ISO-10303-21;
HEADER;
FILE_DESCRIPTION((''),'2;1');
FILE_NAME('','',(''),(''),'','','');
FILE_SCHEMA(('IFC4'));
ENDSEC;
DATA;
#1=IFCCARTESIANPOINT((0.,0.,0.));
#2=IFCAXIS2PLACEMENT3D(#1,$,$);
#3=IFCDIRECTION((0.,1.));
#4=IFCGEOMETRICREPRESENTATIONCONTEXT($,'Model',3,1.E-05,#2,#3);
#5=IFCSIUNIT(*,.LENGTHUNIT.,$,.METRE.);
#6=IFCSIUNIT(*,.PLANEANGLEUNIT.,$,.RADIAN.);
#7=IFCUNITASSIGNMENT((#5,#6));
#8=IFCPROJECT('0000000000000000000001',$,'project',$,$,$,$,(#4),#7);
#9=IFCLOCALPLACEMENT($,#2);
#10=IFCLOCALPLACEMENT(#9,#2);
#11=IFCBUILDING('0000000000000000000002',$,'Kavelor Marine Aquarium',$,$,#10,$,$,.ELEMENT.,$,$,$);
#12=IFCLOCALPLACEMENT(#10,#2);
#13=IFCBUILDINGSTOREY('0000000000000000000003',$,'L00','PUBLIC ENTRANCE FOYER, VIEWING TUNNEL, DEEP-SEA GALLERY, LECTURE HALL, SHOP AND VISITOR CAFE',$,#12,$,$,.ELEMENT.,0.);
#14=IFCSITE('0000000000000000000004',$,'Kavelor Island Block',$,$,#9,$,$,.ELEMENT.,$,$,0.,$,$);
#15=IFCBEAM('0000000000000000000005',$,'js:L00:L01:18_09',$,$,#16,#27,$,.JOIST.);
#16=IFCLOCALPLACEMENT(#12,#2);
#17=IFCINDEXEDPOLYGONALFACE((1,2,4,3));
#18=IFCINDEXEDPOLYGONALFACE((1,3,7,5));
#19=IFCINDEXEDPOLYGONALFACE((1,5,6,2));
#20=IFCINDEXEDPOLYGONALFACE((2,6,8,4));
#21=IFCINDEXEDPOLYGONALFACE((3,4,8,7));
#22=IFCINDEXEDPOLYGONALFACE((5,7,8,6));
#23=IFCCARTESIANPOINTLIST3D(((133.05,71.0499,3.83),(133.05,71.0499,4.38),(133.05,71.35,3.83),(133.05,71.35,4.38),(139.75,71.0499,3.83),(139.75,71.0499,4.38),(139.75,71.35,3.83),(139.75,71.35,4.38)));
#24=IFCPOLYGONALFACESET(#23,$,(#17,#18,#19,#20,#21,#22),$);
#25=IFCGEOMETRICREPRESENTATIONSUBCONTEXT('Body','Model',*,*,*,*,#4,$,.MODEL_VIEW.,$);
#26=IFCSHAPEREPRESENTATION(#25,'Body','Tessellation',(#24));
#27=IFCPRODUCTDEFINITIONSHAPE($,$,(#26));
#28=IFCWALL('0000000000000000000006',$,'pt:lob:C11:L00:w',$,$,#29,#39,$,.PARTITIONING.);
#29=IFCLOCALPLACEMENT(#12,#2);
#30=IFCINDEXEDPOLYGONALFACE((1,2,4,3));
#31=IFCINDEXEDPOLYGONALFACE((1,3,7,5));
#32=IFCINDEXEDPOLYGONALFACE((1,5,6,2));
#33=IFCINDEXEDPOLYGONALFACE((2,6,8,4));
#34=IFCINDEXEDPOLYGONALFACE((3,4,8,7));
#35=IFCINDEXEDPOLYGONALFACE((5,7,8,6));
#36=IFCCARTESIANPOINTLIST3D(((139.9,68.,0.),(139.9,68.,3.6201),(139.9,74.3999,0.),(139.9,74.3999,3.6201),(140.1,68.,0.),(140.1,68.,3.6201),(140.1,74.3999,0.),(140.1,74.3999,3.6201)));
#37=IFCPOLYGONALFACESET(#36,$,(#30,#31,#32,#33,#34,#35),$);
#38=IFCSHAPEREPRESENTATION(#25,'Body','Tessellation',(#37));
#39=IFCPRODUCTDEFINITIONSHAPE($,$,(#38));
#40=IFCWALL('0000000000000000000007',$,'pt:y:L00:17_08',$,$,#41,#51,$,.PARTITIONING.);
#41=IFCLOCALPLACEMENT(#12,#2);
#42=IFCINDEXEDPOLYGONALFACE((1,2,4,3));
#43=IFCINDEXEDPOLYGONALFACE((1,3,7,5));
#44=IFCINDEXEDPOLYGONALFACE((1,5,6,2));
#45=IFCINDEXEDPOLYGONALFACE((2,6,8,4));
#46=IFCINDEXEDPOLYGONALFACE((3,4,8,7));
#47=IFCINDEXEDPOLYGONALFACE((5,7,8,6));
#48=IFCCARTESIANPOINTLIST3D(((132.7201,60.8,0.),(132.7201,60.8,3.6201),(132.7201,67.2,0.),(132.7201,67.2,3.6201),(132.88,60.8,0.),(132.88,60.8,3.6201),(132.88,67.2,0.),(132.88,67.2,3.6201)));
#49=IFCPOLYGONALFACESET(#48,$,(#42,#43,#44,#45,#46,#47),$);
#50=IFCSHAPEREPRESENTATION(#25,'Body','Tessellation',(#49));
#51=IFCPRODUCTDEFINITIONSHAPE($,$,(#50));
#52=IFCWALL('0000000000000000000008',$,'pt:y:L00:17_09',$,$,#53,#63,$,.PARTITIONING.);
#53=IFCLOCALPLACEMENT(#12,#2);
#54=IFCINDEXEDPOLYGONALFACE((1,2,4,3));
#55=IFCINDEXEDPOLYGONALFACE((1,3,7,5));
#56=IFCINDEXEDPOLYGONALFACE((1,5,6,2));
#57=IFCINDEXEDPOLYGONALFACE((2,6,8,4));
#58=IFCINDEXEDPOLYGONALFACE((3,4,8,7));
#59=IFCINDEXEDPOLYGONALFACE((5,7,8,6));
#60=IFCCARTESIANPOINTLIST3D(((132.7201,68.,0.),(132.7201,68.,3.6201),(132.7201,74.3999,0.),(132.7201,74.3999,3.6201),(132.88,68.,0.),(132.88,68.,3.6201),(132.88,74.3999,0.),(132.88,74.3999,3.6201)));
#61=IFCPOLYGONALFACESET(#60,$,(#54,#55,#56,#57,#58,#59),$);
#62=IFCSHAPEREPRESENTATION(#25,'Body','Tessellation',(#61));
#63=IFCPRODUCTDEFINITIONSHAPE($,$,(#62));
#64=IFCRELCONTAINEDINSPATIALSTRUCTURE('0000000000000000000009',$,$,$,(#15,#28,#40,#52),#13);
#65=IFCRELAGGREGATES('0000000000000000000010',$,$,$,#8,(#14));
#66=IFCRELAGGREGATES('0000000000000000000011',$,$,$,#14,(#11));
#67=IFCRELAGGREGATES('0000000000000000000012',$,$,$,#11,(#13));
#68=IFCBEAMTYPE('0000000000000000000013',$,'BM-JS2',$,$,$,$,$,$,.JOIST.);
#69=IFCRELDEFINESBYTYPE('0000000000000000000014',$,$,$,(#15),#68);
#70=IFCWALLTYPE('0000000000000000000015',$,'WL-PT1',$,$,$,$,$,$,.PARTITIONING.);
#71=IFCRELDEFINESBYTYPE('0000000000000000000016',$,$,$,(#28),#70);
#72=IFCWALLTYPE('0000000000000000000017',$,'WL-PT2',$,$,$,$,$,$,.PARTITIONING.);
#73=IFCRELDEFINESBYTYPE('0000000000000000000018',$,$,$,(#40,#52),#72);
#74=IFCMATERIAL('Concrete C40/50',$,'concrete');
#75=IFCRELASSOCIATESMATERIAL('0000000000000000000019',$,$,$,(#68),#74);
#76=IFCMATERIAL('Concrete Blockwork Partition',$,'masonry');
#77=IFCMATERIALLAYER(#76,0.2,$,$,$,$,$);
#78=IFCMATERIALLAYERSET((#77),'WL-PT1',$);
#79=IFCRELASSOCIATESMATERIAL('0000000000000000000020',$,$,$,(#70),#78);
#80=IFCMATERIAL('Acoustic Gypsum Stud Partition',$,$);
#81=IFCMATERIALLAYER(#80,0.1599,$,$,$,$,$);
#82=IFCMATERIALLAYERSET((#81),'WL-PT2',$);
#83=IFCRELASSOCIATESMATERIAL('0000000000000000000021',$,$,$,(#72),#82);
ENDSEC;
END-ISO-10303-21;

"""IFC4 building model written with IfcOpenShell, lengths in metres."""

from ifc_helpers import new_model, si_unit, direction, frame, frame_2d, origin, origin_2d, place, context, subcontext, project, spatial, rectangle, extrude, material, layer, layer_set, material_profile, profile_set, type_object, element, save


model = new_model("IFC4")

# Units and contexts
model_context = context("Model", 3, precision=1e-05, world=origin(), true_north=direction((0.0, 1.0)))
body_context = subcontext(model_context, "Body", "Model", "MODEL_VIEW")
ifc_project = project(units=[si_unit("LENGTHUNIT", "METRE"), si_unit("PLANEANGLEUNIT", "RADIAN")], contexts=[model_context])

# Site, building, storey
site_placement = place(None, origin())
site = spatial("IfcSite", under=ifc_project, at=site_placement, Name="Kavelor Island Block", CompositionType="ELEMENT", RefElevation=0.0)
building_placement = place(site_placement, origin())
building = spatial("IfcBuilding", under=site, at=building_placement, Name="Kavelor Marine Aquarium", CompositionType="ELEMENT")
storey_placement = place(building_placement, origin())
storey = spatial("IfcBuildingStorey", under=building, at=storey_placement, Name="L00", Description="PUBLIC ENTRANCE FOYER, VIEWING TUNNEL, DEEP-SEA GALLERY, LECTURE HALL, SHOP AND VISITOR CAFE", CompositionType="ELEMENT", Elevation=0.0)

# Beam
ifc_material_1 = material(Name="Concrete C40/50", Category="concrete")
ifc_material_profile_1 = material_profile(ifc_material_1, rectangle(XDim=0.3, YDim=0.55, at=origin_2d()), Name="RC-JS 300x550")
ifc_profile_set_1 = profile_set([ifc_material_profile_1], Name="Concrete C40/50")
beam_type_1 = type_object("IfcBeamType", Name="BM-JS2", PredefinedType="JOIST", material=ifc_profile_set_1)
beam_1_placement = place(storey_placement, frame((133.05, 71.2, 4.105), z_axis=(1.0, 0.0, 0.0), x_axis=(0.0, 1.0, 0.0)))
element("IfcBeam", 1, at=beam_1_placement, inside=storey, type_object=beam_type_1, Name="js:L00:L01:18_09", PredefinedType="JOIST", context=body_context, shape_type="SweptSolid", body=[
    extrude(rectangle(XDim=0.3, YDim=0.55, at=origin_2d()), origin(), (0.0, 0.0, 1.0), 6.7),
])

# Walls
ifc_material_2 = material(Name="Concrete Blockwork Partition", Category="masonry")
ifc_layer_1 = layer(ifc_material_2, 0.2)
ifc_layer_set_1 = layer_set([ifc_layer_1], Name="WL-PT1")
wall_type_1 = type_object("IfcWallType", Name="WL-PT1", PredefinedType="PARTITIONING", material=ifc_layer_set_1)
wall_placement = place(storey_placement, frame((140.0, 68.0, 0.0), z_axis=(0.0, 0.0, 1.0), x_axis=(0.0, 1.0, 0.0)))
element("IfcWall", 2, at=wall_placement, inside=storey, type_object=wall_type_1, Name="pt:lob:C11:L00:w", PredefinedType="PARTITIONING", context=body_context, shape_type="SweptSolid", body=[
    extrude(rectangle(XDim=6.3999, YDim=0.2, at=frame_2d((3.2, 0.0))), origin(), (0.0, 0.0, 1.0), 3.6201),
])
ifc_material_3 = material(Name="Acoustic Gypsum Stud Partition")
ifc_layer_2 = layer(ifc_material_3, 0.1599)
ifc_layer_set_2 = layer_set([ifc_layer_2], Name="WL-PT2")
wall_type_2 = type_object("IfcWallType", Name="WL-PT2", PredefinedType="PARTITIONING", material=ifc_layer_set_2)
for number, where, z_axis, x_axis, name in (
    (3, (132.8, 60.8, 0.0), (0.0, 0.0, 1.0), (0.0, 1.0, 0.0), "pt:y:L00:17_08"),
    (4, (132.8, 68.0, 0.0), (0.0, 0.0, 1.0), (0.0, 1.0, 0.0), "pt:y:L00:17_09"),
):
    element("IfcWall", number, at=place(storey_placement, frame(where, z_axis=z_axis, x_axis=x_axis)), inside=storey, type_object=wall_type_2, Name=name, PredefinedType="PARTITIONING", context=body_context, shape_type="SweptSolid", body=[
        extrude(rectangle(XDim=6.3999, YDim=0.1599, at=frame_2d((3.2, 0.0))), origin(), (0.0, 0.0, 1.0), 3.6201),
    ])

save(model, "model.ifc")
